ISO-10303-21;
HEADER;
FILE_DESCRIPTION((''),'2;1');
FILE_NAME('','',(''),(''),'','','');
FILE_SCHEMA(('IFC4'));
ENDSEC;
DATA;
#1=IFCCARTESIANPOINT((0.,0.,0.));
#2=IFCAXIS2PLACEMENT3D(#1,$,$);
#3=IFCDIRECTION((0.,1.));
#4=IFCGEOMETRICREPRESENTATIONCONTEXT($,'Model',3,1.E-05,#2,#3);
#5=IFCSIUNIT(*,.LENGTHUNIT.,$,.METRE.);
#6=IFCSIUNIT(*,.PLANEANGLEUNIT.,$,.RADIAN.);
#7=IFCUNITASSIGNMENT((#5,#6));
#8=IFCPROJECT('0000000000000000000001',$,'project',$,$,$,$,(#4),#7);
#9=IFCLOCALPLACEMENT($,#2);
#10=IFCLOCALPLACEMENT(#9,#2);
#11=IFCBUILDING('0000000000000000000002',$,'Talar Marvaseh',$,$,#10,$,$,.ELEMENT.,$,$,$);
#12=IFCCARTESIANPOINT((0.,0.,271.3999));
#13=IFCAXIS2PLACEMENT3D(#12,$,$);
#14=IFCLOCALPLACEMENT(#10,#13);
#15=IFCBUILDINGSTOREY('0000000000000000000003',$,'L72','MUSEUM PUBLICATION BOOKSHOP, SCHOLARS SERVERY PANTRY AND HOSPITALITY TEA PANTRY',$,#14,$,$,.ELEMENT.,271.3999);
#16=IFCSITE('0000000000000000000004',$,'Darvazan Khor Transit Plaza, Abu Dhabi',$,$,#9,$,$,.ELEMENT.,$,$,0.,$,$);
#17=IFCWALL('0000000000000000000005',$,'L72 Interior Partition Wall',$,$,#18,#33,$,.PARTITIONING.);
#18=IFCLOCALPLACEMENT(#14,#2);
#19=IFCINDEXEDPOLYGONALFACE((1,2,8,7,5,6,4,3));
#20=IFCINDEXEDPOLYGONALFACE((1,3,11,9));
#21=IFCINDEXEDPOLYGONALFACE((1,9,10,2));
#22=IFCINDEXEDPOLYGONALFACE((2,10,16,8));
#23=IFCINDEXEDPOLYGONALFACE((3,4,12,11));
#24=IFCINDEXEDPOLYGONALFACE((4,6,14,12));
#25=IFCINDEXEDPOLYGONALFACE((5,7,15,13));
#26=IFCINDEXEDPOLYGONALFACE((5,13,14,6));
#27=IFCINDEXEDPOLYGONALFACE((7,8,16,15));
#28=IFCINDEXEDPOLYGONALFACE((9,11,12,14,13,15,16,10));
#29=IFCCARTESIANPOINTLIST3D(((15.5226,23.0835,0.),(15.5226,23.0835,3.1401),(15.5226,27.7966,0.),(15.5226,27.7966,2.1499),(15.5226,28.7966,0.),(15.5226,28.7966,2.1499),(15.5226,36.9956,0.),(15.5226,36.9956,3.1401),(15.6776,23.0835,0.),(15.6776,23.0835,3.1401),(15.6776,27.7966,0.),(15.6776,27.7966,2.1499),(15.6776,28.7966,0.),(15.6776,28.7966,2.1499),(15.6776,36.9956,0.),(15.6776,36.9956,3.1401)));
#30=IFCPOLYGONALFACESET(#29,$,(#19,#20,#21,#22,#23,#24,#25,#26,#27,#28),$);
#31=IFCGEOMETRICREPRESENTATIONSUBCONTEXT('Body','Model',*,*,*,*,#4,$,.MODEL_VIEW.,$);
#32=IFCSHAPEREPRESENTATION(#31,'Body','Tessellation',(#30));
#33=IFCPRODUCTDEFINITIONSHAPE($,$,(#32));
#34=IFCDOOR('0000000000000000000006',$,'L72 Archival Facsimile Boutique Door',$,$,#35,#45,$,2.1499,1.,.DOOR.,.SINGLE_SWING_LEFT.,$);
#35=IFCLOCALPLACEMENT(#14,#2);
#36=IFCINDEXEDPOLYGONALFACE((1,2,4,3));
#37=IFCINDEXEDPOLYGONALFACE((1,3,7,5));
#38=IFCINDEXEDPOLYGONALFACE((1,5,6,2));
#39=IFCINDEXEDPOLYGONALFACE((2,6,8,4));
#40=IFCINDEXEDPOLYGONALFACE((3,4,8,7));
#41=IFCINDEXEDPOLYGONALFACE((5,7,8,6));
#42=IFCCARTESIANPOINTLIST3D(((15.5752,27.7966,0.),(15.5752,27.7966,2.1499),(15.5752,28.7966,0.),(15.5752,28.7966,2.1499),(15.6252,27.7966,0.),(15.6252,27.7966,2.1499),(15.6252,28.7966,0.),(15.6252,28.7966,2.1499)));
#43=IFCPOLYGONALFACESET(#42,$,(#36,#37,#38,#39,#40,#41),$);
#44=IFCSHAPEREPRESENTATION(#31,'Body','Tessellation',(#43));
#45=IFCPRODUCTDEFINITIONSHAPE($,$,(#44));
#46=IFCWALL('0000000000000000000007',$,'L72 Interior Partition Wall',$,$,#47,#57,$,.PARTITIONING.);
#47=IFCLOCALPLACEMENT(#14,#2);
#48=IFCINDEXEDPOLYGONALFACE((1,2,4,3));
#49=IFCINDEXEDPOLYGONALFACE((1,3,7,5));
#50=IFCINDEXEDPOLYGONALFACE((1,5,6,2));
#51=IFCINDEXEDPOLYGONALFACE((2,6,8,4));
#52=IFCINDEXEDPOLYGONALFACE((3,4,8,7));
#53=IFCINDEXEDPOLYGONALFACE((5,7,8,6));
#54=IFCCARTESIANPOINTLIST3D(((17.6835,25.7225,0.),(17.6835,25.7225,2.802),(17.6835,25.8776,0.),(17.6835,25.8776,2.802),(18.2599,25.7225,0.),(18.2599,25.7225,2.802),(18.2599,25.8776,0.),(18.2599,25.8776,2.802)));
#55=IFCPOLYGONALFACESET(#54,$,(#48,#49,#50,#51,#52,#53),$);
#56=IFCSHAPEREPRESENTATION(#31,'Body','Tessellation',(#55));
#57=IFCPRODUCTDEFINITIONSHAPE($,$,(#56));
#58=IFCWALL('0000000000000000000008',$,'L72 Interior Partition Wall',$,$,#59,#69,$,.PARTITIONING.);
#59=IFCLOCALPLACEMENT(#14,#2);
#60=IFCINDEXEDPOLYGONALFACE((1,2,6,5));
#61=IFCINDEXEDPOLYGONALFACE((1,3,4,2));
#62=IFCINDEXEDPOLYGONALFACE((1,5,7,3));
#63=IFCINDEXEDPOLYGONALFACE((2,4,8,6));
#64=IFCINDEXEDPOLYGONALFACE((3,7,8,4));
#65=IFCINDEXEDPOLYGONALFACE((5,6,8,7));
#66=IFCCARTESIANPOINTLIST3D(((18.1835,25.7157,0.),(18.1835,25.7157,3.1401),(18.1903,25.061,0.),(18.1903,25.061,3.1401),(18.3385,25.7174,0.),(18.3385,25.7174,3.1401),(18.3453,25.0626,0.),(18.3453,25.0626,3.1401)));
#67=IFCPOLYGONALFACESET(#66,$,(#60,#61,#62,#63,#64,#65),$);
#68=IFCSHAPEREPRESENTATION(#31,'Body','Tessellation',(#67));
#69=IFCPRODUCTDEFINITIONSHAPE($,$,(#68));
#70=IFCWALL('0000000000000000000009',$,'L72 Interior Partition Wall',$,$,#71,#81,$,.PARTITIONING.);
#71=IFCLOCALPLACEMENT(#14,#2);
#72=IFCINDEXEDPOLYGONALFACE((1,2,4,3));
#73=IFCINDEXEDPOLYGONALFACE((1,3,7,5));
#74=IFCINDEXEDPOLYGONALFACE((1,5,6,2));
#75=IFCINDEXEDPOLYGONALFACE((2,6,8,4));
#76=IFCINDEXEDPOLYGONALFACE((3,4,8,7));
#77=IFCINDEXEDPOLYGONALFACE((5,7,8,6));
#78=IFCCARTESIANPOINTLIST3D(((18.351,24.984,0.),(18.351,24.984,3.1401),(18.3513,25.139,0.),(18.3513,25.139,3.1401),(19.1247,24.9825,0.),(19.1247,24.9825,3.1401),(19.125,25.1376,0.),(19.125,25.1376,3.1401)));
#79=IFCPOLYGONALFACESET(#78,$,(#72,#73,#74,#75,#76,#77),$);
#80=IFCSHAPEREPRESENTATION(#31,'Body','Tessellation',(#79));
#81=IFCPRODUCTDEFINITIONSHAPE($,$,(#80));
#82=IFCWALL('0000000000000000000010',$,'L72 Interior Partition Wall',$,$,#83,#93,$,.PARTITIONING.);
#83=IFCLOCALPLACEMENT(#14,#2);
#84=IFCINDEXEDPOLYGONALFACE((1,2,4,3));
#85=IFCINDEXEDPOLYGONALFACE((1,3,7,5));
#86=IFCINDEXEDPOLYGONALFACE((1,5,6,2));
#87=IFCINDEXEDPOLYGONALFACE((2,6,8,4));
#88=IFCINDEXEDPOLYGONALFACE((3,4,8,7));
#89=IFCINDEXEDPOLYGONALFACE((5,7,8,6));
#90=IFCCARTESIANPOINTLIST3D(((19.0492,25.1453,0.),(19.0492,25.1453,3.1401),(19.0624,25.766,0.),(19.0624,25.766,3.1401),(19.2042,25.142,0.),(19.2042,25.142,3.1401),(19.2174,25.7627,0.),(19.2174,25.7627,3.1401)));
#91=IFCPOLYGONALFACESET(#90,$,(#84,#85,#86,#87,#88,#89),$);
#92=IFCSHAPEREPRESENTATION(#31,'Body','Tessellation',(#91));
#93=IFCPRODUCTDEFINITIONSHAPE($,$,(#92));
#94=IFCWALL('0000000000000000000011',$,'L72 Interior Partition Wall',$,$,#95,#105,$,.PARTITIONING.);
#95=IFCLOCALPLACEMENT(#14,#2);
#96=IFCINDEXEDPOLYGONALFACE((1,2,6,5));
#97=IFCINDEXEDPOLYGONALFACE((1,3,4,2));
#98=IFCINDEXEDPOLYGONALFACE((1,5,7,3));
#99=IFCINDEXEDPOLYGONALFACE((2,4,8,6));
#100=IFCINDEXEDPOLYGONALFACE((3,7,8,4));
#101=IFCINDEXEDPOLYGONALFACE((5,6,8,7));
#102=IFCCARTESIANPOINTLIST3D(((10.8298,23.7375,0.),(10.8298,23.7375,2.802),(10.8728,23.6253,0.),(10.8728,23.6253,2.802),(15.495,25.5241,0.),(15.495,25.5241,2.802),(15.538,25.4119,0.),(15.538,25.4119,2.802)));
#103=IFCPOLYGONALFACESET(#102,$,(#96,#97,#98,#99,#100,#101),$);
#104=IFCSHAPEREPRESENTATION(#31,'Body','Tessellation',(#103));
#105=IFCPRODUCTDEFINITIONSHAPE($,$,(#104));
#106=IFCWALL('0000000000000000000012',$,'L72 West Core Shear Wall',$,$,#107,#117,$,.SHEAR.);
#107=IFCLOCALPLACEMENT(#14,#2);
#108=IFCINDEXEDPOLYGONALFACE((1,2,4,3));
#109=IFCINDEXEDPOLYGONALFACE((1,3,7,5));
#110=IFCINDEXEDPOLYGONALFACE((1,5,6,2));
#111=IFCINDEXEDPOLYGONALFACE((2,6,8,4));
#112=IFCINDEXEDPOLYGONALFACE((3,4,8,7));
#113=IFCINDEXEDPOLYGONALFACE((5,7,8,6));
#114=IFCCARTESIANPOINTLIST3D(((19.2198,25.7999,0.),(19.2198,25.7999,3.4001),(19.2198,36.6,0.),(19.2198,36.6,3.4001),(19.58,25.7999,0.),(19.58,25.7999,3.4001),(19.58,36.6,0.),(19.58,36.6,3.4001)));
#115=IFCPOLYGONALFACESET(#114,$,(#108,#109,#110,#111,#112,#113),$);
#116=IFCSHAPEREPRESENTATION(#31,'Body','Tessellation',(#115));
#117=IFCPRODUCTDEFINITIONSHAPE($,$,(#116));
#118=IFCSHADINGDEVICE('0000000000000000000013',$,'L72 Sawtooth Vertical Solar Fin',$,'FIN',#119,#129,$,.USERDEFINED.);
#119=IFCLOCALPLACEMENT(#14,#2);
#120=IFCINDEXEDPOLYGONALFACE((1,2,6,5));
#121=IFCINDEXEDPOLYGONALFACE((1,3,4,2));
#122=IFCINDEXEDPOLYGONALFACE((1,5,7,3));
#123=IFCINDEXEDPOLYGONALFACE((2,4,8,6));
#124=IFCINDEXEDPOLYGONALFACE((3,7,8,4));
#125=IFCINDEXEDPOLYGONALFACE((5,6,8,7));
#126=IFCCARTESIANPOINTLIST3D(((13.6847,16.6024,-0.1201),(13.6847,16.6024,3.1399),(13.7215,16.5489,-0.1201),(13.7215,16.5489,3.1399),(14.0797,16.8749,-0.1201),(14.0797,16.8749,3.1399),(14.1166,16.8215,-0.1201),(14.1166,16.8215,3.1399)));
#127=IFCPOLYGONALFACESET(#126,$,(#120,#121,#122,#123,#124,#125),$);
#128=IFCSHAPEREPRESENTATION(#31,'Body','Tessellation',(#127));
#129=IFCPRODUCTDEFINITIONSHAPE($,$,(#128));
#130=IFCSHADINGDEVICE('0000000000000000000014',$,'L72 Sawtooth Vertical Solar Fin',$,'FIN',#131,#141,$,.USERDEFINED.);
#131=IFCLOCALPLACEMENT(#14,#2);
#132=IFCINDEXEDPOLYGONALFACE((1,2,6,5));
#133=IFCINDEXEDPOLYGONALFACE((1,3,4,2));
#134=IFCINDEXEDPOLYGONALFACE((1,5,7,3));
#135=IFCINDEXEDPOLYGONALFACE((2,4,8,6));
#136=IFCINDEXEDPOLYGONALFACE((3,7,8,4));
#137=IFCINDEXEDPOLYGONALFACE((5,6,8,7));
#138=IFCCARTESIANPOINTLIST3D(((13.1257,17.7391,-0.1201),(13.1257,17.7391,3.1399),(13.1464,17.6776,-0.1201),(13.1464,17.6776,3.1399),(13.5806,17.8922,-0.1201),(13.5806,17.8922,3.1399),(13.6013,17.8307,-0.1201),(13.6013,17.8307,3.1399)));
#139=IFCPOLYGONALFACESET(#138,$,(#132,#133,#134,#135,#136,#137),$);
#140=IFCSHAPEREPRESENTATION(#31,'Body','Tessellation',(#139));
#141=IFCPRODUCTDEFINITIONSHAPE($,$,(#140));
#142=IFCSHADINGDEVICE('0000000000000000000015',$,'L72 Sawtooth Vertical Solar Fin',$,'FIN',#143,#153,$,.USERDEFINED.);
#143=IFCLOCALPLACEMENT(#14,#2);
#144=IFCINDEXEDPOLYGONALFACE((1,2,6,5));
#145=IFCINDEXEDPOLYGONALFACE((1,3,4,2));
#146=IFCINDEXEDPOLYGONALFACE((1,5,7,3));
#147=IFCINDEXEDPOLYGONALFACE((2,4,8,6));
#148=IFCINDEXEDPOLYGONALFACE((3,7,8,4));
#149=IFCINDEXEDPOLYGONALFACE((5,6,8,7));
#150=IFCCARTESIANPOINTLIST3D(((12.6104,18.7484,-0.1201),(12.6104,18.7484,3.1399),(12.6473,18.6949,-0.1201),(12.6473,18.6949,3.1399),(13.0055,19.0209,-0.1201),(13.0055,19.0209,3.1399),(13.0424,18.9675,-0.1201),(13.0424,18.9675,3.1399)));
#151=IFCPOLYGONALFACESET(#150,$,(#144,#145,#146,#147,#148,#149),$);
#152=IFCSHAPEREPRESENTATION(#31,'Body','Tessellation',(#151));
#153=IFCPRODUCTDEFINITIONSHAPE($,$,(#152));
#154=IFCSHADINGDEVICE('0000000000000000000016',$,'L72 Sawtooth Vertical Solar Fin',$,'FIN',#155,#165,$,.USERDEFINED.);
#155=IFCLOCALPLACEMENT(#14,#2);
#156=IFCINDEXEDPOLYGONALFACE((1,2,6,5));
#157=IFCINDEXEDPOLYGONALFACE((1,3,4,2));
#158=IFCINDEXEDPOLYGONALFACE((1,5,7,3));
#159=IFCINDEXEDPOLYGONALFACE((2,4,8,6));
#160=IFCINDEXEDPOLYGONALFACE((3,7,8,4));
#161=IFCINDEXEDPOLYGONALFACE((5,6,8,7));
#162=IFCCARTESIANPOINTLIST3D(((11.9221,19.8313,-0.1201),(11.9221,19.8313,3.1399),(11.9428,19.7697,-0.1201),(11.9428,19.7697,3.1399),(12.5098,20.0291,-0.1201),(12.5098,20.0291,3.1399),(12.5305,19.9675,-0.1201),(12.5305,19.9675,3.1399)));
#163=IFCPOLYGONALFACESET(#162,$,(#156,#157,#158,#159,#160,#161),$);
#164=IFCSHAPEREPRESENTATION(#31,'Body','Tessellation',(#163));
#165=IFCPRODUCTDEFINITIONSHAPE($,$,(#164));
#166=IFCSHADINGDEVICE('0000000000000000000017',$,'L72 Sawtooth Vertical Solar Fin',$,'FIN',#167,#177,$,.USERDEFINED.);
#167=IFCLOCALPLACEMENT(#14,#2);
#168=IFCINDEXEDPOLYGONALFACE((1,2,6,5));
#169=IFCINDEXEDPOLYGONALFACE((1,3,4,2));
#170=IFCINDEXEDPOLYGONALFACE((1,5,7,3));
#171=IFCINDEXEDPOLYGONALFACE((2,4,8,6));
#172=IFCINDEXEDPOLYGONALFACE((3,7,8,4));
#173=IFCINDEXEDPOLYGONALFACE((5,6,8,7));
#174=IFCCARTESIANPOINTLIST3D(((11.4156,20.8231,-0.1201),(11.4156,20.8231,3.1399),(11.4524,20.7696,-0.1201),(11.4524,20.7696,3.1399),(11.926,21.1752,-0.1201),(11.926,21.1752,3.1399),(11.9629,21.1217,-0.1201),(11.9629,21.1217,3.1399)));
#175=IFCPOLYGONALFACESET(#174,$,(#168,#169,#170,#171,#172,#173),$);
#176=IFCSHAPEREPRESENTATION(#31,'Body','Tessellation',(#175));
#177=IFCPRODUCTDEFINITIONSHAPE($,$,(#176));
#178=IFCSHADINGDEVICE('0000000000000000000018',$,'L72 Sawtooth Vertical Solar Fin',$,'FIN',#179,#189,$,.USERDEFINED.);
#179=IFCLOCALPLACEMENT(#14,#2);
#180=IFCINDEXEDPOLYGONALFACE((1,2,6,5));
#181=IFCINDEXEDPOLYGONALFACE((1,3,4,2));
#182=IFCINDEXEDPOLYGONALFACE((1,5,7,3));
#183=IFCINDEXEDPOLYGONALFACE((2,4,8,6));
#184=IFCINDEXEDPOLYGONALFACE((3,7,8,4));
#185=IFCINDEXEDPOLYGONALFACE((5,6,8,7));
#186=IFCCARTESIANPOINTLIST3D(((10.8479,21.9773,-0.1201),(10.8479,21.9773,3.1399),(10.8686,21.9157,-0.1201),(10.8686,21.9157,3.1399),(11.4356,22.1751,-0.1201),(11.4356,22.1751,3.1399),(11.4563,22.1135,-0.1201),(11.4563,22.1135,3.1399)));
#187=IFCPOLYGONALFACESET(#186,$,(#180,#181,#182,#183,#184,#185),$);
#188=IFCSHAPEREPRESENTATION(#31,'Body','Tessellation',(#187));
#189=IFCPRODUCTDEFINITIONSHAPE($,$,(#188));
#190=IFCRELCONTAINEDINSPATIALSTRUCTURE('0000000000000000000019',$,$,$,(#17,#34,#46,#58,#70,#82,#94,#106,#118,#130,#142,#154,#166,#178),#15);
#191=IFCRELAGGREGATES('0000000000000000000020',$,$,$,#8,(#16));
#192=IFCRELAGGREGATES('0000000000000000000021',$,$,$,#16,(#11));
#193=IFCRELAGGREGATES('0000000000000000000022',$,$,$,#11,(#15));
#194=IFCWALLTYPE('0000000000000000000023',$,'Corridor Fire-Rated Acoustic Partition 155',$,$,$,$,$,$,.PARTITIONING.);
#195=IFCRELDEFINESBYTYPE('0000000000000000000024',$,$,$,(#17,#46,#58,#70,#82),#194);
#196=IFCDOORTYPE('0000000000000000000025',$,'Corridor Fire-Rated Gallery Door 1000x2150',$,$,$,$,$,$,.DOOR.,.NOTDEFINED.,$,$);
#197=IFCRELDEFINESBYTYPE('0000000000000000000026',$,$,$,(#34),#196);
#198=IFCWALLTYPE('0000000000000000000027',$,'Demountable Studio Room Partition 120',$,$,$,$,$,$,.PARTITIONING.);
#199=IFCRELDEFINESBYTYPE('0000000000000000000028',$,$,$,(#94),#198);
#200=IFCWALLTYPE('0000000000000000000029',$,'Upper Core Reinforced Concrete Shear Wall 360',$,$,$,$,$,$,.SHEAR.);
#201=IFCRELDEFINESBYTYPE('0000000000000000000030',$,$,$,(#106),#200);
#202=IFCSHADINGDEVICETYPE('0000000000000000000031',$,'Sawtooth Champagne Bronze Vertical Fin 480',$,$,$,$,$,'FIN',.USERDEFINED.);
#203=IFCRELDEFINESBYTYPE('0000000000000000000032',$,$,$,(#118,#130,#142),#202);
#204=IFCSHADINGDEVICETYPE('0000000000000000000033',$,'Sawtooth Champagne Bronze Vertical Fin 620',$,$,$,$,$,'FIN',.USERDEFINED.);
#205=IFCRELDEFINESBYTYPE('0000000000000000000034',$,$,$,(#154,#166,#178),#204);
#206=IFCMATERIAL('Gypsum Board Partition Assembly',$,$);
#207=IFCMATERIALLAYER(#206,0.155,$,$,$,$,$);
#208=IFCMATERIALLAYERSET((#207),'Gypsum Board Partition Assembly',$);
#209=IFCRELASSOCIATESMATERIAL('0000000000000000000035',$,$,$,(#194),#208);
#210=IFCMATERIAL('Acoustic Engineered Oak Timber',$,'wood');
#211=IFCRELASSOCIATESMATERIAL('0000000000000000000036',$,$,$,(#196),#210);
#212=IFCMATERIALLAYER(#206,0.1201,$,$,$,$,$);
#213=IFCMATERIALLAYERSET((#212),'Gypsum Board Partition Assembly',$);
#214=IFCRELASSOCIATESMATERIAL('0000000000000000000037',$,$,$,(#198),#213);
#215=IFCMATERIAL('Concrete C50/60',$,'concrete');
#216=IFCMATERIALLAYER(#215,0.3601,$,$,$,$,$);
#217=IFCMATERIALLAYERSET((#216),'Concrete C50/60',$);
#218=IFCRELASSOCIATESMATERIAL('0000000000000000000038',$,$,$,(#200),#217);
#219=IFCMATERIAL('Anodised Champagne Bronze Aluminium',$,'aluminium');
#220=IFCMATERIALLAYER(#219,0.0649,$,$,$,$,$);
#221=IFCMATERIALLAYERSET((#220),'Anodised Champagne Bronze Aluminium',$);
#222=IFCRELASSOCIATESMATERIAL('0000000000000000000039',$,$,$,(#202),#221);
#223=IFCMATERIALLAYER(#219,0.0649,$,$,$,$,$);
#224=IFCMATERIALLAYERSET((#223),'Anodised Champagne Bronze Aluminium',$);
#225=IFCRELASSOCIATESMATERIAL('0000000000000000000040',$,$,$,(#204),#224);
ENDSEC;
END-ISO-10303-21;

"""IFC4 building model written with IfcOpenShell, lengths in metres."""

from ifc_helpers import new_model, si_unit, direction, frame, frame_2d, origin, origin_2d, place, context, subcontext, project, spatial, rectangle, extrude, source, transform, mapped, material, layer, layer_set, type_object, type_shapes, element, fill, save


model = new_model("IFC4")

# Units and contexts
model_context = context("Model", 3, precision=1e-05, world=origin(), true_north=direction((0.0, 1.0)))
body_context = subcontext(model_context, "Body", "Model", "MODEL_VIEW")
ifc_project = project(units=[si_unit("LENGTHUNIT", "METRE"), si_unit("PLANEANGLEUNIT", "RADIAN")], contexts=[model_context])

# Site, building, storey
site_placement = place(None, origin())
site = spatial("IfcSite", under=ifc_project, at=site_placement, Name="Darvazan Khor Transit Plaza, Abu Dhabi", CompositionType="ELEMENT", RefElevation=0.0)
building_placement = place(site_placement, origin())
building = spatial("IfcBuilding", under=site, at=building_placement, Name="Talar Marvaseh", CompositionType="ELEMENT")
storey_placement = place(building_placement, frame((0.0, 0.0, 271.3999)))
storey = spatial("IfcBuildingStorey", under=building, at=storey_placement, Name="L72", Description="MUSEUM PUBLICATION BOOKSHOP, SCHOLARS SERVERY PANTRY AND HOSPITALITY TEA PANTRY", CompositionType="ELEMENT", Elevation=271.3999)

# Shared definitions
ifc_material_1 = material(Name="Concrete C50/60", Category="concrete")

# Wall, opening, door
ifc_material_2 = material(Name="Gypsum Board Partition Assembly")
ifc_layer_1 = layer(ifc_material_2, 0.155)
ifc_layer_set_1 = layer_set([ifc_layer_1], Name="Gypsum Board Partition Assembly")
wall_type_1 = type_object("IfcWallType", Name="Corridor Fire-Rated Acoustic Partition 155", PredefinedType="PARTITIONING", material=ifc_layer_set_1)
wall_1_placement = place(storey_placement, frame((15.6001, 23.0835, 0.0), z_axis=(0.0, 0.0, 1.0), x_axis=(0.0, 1.0, 0.0)))
wall_1 = element("IfcWall", 1, at=wall_1_placement, inside=storey, type_object=wall_type_1, Name="L72 Interior Partition Wall", PredefinedType="PARTITIONING", context=body_context, shape_type="SweptSolid", body=[
    extrude(rectangle(XDim=13.9121, YDim=0.155, at=frame_2d((6.9561, 0.0))), origin(), (0.0, 0.0, 1.0), 3.1401),
])
opening_placement = place(wall_1_placement, frame((4.7131, 0.0, 0.0)))
opening = element("IfcOpeningElement", 2, at=opening_placement, cuts=wall_1, PredefinedType="OPENING", context=body_context, shape_type="SweptSolid", body=[
    extrude(rectangle(XDim=1.0, YDim=2.1499, at=frame_2d((0.5, 1.075))), frame((0.0, 0.0874, 0.0), z_axis=(0.0, -1.0, 0.0), x_axis=(1.0, 0.0, 0.0)), (0.0, 0.0, 1.0), 0.175),
])
ifc_material_3 = material(Name="Acoustic Engineered Oak Timber", Category="wood")
door_type = type_object("IfcDoorType", Name="Corridor Fire-Rated Gallery Door 1000x2150", OperationType="NOTDEFINED", PredefinedType="DOOR", material=ifc_material_3)
shared_shape_1 = source(origin(), body_context, "Body", "SweptSolid", [
    extrude(rectangle(XDim=1.0, YDim=2.1499, at=frame_2d((0.5, 1.075))), frame((0.0, 0.0249, 0.0), z_axis=(0.0, -1.0, 0.0), x_axis=(1.0, 0.0, 0.0)), (0.0, 0.0, 1.0), 0.05),
])
type_shapes(door_type, [shared_shape_1])
door_placement = place(opening_placement, origin())
door = element("IfcDoor", 3, at=door_placement, inside=storey, type_object=door_type, Name="L72 Archival Facsimile Boutique Door", OperationType="SINGLE_SWING_LEFT", OverallHeight=2.1499, OverallWidth=1.0, PredefinedType="DOOR", context=body_context, shape_type="MappedRepresentation", body=[
    mapped(shared_shape_1, transform((0.0, 0.0, 0.0), x_axis=(1.0, 0.0, 0.0), y_axis=(0.0, 1.0, 0.0), z_axis=(0.0, 0.0, 1.0), scale=1.0)),
])
fill(opening, door)

# Walls
wall_2_placement = place(storey_placement, frame((17.6836, 25.8, 0.0), z_axis=(0.0, 0.0, 1.0), x_axis=(1.0, 0.0, 0.0)))
element("IfcWall", 4, at=wall_2_placement, inside=storey, type_object=wall_type_1, Name="L72 Interior Partition Wall", PredefinedType="PARTITIONING", context=body_context, shape_type="SweptSolid", body=[
    extrude(rectangle(XDim=0.5764, YDim=0.155, at=frame_2d((0.2881, 0.0))), origin(), (0.0, 0.0, 1.0), 2.802),
])
wall_3_placement = place(storey_placement, frame((18.261, 25.7166, 0.0), z_axis=(0.0, 0.0, 1.0), x_axis=(0.010439, -0.999946, 0.0)))
element("IfcWall", 5, at=wall_3_placement, inside=storey, type_object=wall_type_1, Name="L72 Interior Partition Wall", PredefinedType="PARTITIONING", context=body_context, shape_type="SweptSolid", body=[
    extrude(rectangle(XDim=0.6548, YDim=0.155, at=frame_2d((0.3274, 0.0))), origin(), (0.0, 0.0, 1.0), 3.1401),
])
wall_4_placement = place(storey_placement, frame((18.3513, 25.0615, 0.0), z_axis=(0.0, 0.0, 1.0), x_axis=(0.999998, -0.001893, 0.0)))
element("IfcWall", 6, at=wall_4_placement, inside=storey, type_object=wall_type_1, Name="L72 Interior Partition Wall", PredefinedType="PARTITIONING", context=body_context, shape_type="SweptSolid", body=[
    extrude(rectangle(XDim=0.7737, YDim=0.155, at=frame_2d((0.3867, 0.0))), origin(), (0.0, 0.0, 1.0), 3.1401),
])
wall_5_placement = place(storey_placement, frame((19.1267, 25.1436, 0.0), z_axis=(0.0, 0.0, 1.0), x_axis=(0.021238, 0.999774, 0.0)))
element("IfcWall", 7, at=wall_5_placement, inside=storey, type_object=wall_type_1, Name="L72 Interior Partition Wall", PredefinedType="PARTITIONING", context=body_context, shape_type="SweptSolid", body=[
    extrude(rectangle(XDim=0.6208, YDim=0.155, at=frame_2d((0.3105, 0.0))), origin(), (0.0, 0.0, 1.0), 3.1401),
])
ifc_layer_2 = layer(ifc_material_2, 0.1201)
ifc_layer_set_2 = layer_set([ifc_layer_2], Name="Gypsum Board Partition Assembly")
wall_type_2 = type_object("IfcWallType", Name="Demountable Studio Room Partition 120", PredefinedType="PARTITIONING", material=ifc_layer_set_2)
wall_6_placement = place(storey_placement, frame((10.8513, 23.6814, 0.0), z_axis=(0.0, 0.0, 1.0), x_axis=(0.933862, 0.357633, 0.0)))
element("IfcWall", 8, at=wall_6_placement, inside=storey, type_object=wall_type_2, Name="L72 Interior Partition Wall", PredefinedType="PARTITIONING", context=body_context, shape_type="SweptSolid", body=[
    extrude(rectangle(XDim=4.9956, YDim=0.1201, at=frame_2d((2.4978, 0.0))), origin(), (0.0, 0.0, 1.0), 2.802),
])
ifc_layer_3 = layer(ifc_material_1, 0.3601)
ifc_layer_set_3 = layer_set([ifc_layer_3], Name="Concrete C50/60")
wall_type_3 = type_object("IfcWallType", Name="Upper Core Reinforced Concrete Shear Wall 360", PredefinedType="SHEAR", material=ifc_layer_set_3)
wall_7_placement = place(storey_placement, frame((19.3999, 25.8, 0.0), z_axis=(0.0, 0.0, 1.0), x_axis=(0.0, 1.0, 0.0)))
element("IfcWall", 9, at=wall_7_placement, inside=storey, type_object=wall_type_3, Name="L72 West Core Shear Wall", PredefinedType="SHEAR", context=body_context, shape_type="SweptSolid", body=[
    extrude(rectangle(XDim=10.8, YDim=0.3601, at=frame_2d((5.3999, 0.0))), origin(), (0.0, 0.0, 1.0), 3.4001),
])

# Shading devices
ifc_material_4 = material(Name="Anodised Champagne Bronze Aluminium", Category="aluminium")
ifc_layer_4 = layer(ifc_material_4, 0.0649)
ifc_layer_set_4 = layer_set([ifc_layer_4], Name="Anodised Champagne Bronze Aluminium")
shading_device_type_1 = type_object("IfcShadingDeviceType", Name="Sawtooth Champagne Bronze Vertical Fin 480", ElementType="FIN", PredefinedType="USERDEFINED", material=ifc_layer_set_4)
shared_shape_2 = source(origin(), body_context, "Body", "SweptSolid", [
    extrude(rectangle(XDim=0.48, YDim=0.0649, at=origin_2d()), origin(), (0.0, 0.0, 1.0), 3.26),
])
type_shapes(shading_device_type_1, [shared_shape_2])
for number, where, z_axis, x_axis, name in (
    (10, (13.9006, 16.7119, -0.1201), (0.0, 0.0, 1.0), (-0.823136, -0.567844, 0.0), "L72 Sawtooth Vertical Solar Fin"),
    (11, (13.3635, 17.7849, -0.1201), (0.0, 0.0, 1.0), (-0.947768, -0.318959, 0.0), "L72 Sawtooth Vertical Solar Fin"),
    (12, (12.8264, 18.8579, -0.1201), (0.0, 0.0, 1.0), (-0.823136, -0.567844, 0.0), "L72 Sawtooth Vertical Solar Fin"),
):
    element("IfcShadingDevice", number, at=place(storey_placement, frame(where, z_axis=z_axis, x_axis=x_axis)), inside=storey, type_object=shading_device_type_1, Name=name, ObjectType="FIN", PredefinedType="USERDEFINED", context=body_context, shape_type="MappedRepresentation", body=[
        mapped(shared_shape_2, transform((0.0, 0.0, 0.0), x_axis=(1.0, 0.0, 0.0), y_axis=(0.0, 1.0, 0.0), z_axis=(0.0, 0.0, 1.0), scale=1.0)),
    ])
ifc_layer_5 = layer(ifc_material_4, 0.0649)
ifc_layer_set_5 = layer_set([ifc_layer_5], Name="Anodised Champagne Bronze Aluminium")
shading_device_type_2 = type_object("IfcShadingDeviceType", Name="Sawtooth Champagne Bronze Vertical Fin 620", ElementType="FIN", PredefinedType="USERDEFINED", material=ifc_layer_set_5)
shared_shape_3 = source(origin(), body_context, "Body", "SweptSolid", [
    extrude(rectangle(XDim=0.6201, YDim=0.0649, at=origin_2d()), origin(), (0.0, 0.0, 1.0), 3.26),
])
type_shapes(shading_device_type_2, [shared_shape_3])
for number, where, z_axis, x_axis, name in (
    (13, (12.2263, 19.8994, -0.1201), (0.0, 0.0, 1.0), (-0.947768, -0.318959, 0.0), "L72 Sawtooth Vertical Solar Fin"),
    (14, (11.6892, 20.9724, -0.1201), (0.0, 0.0, 1.0), (-0.823136, -0.567844, 0.0), "L72 Sawtooth Vertical Solar Fin"),
    (15, (11.1521, 22.0454, -0.1201), (0.0, 0.0, 1.0), (-0.947768, -0.318959, 0.0), "L72 Sawtooth Vertical Solar Fin"),
):
    element("IfcShadingDevice", number, at=place(storey_placement, frame(where, z_axis=z_axis, x_axis=x_axis)), inside=storey, type_object=shading_device_type_2, Name=name, ObjectType="FIN", PredefinedType="USERDEFINED", context=body_context, shape_type="MappedRepresentation", body=[
        mapped(shared_shape_3, transform((0.0, 0.0, 0.0), x_axis=(1.0, 0.0, 0.0), y_axis=(0.0, 1.0, 0.0), z_axis=(0.0, 0.0, 1.0), scale=1.0)),
    ])

save(model, "model.ifc")
